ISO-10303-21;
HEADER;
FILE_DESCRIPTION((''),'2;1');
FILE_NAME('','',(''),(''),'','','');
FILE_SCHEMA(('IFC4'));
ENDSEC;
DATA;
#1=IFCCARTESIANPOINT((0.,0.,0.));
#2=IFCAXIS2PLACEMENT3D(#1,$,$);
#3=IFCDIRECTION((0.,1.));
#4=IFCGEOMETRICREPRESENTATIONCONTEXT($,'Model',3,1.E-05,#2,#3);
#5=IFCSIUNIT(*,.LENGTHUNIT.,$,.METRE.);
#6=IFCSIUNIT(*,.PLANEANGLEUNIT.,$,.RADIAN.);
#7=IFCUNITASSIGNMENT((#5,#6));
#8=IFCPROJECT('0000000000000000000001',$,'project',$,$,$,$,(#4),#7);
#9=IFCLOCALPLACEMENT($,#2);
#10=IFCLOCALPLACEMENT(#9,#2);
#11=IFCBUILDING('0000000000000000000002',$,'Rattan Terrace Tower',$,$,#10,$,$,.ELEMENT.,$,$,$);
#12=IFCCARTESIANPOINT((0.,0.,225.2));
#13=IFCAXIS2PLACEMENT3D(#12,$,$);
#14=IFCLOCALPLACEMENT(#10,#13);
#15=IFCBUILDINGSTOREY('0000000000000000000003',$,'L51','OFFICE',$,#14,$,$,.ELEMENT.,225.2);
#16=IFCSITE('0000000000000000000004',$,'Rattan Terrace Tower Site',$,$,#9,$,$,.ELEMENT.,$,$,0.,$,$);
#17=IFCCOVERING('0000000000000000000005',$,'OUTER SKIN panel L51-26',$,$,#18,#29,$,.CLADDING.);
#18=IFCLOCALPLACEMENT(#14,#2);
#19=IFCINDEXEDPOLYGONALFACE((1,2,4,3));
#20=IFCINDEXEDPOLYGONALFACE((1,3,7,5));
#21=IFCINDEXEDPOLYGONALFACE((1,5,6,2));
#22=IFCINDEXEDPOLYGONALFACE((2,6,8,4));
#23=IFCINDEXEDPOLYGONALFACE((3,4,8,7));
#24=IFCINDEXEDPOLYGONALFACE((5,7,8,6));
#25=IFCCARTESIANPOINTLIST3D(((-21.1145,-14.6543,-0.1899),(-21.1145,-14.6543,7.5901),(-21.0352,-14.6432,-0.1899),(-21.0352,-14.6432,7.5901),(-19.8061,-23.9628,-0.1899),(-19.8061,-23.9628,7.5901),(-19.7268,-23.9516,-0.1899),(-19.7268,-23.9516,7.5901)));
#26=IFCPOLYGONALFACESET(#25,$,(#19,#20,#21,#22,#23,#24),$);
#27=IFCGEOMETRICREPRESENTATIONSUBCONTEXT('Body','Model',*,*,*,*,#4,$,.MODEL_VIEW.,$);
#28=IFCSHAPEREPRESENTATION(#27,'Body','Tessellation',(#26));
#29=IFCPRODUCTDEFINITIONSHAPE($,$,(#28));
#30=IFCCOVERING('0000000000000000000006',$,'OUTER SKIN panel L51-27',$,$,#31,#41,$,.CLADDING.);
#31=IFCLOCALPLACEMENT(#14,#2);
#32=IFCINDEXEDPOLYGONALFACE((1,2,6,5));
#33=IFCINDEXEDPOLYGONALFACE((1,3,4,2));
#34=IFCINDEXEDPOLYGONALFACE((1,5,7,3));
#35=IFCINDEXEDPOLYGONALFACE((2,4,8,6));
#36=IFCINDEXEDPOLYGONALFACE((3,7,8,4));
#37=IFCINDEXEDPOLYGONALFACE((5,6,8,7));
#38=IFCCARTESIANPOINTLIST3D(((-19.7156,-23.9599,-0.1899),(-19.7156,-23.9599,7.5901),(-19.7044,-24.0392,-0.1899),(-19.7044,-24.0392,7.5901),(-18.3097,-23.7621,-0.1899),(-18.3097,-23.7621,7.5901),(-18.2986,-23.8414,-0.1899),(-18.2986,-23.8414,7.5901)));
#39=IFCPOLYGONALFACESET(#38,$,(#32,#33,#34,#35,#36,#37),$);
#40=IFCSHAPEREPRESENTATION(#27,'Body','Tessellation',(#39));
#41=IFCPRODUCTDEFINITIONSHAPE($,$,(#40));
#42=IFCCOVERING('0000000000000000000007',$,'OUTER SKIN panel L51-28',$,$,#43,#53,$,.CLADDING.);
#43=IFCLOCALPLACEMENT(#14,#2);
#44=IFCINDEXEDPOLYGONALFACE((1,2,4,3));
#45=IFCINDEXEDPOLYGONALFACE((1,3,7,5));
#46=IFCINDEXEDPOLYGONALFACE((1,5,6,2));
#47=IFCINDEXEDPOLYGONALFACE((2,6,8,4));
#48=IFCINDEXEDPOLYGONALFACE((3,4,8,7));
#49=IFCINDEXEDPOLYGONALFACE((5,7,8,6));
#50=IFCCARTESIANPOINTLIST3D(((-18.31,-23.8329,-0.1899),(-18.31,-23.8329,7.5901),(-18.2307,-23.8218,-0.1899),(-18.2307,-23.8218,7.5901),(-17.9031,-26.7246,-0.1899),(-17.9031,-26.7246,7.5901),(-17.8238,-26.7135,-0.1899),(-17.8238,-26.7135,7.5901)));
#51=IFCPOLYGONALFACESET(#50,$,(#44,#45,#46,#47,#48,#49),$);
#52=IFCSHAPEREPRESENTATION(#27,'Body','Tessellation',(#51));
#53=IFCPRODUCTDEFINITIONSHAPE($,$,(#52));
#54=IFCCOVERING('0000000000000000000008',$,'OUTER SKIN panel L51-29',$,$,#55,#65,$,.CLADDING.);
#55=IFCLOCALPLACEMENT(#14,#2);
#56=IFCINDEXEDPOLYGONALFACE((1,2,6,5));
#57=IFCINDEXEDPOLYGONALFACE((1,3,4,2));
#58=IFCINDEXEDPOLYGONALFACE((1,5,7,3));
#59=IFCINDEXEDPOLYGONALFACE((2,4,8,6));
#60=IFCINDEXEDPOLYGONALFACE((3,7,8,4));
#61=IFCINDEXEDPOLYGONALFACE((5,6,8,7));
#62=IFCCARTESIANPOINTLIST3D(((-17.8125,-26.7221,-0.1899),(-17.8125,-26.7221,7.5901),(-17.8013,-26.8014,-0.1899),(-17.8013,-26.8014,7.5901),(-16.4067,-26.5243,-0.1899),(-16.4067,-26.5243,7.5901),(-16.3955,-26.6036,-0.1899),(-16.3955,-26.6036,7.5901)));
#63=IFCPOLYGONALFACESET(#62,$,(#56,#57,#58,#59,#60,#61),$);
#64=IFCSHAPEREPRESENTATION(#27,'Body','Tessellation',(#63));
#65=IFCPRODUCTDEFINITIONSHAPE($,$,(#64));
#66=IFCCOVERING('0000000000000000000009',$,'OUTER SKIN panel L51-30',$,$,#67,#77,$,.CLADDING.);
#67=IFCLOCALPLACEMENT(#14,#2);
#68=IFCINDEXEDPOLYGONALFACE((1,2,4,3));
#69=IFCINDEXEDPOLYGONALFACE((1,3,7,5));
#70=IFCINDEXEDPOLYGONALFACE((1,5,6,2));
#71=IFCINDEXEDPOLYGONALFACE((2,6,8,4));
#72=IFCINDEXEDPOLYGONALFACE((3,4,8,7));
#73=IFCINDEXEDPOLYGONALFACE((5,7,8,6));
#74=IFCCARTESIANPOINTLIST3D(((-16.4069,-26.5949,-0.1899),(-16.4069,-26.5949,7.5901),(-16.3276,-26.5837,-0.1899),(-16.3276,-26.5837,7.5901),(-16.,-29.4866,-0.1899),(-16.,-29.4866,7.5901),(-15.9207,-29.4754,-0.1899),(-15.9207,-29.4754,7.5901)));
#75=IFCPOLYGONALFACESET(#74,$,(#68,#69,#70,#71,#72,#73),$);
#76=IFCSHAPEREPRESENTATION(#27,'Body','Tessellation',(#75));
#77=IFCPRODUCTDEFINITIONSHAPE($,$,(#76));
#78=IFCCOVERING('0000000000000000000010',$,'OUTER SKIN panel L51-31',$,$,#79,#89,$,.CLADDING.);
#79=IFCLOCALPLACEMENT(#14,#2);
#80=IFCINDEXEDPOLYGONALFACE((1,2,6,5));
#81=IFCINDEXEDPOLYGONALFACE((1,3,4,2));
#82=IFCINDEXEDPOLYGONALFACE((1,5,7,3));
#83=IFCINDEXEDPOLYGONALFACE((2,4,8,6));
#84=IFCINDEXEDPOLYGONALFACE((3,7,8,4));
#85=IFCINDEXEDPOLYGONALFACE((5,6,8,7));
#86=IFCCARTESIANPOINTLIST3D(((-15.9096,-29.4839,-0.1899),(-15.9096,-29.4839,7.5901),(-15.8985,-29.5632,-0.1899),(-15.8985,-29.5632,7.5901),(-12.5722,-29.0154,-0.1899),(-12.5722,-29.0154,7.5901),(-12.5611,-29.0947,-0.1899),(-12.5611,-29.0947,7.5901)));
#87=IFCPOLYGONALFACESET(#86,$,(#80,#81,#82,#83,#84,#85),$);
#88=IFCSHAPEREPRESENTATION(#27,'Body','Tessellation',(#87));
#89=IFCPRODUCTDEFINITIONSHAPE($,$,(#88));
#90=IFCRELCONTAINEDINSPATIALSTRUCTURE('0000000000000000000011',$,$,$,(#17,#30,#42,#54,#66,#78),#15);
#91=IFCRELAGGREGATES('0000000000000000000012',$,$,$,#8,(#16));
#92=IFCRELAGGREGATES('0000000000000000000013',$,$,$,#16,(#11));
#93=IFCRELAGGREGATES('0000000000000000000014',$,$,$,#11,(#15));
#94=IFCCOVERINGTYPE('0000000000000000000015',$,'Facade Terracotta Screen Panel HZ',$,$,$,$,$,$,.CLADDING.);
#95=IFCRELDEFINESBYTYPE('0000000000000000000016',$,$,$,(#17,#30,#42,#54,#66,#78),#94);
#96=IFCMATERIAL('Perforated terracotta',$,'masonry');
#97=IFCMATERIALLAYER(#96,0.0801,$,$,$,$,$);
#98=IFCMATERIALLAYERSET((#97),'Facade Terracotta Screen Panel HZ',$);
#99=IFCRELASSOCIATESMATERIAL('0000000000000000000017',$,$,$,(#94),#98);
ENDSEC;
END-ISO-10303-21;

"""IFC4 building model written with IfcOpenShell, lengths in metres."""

from ifc_helpers import new_model, si_unit, direction, frame, origin, origin_2d, place, context, subcontext, project, spatial, rectangle, extrude, material, layer, layer_set, type_object, element, save


model = new_model("IFC4")

# Units and contexts
model_context = context("Model", 3, precision=1e-05, world=origin(), true_north=direction((0.0, 1.0)))
body_context = subcontext(model_context, "Body", "Model", "MODEL_VIEW")
ifc_project = project(units=[si_unit("LENGTHUNIT", "METRE"), si_unit("PLANEANGLEUNIT", "RADIAN")], contexts=[model_context])

# Site, building, storey
site_placement = place(None, origin())
site = spatial("IfcSite", under=ifc_project, at=site_placement, Name="Rattan Terrace Tower Site", CompositionType="ELEMENT", RefElevation=0.0)
building_placement = place(site_placement, origin())
building = spatial("IfcBuilding", under=site, at=building_placement, Name="Rattan Terrace Tower", CompositionType="ELEMENT")
storey_placement = place(building_placement, frame((0.0, 0.0, 225.2)))
storey = spatial("IfcBuildingStorey", under=building, at=storey_placement, Name="L51", Description="OFFICE", CompositionType="ELEMENT", Elevation=225.2)

# Coverings
ifc_material_1 = material(Name="Perforated terracotta", Category="masonry")
ifc_layer_1 = layer(ifc_material_1, 0.0801)
ifc_layer_set_1 = layer_set([ifc_layer_1], Name="Facade Terracotta Screen Panel HZ")
covering_type = type_object("IfcCoveringType", Name="Facade Terracotta Screen Panel HZ", PredefinedType="CLADDING", material=ifc_layer_set_1)
covering_1_placement = place(storey_placement, frame((-20.4207, -19.303, -0.1899), z_axis=(0.0, 0.0, 1.0), x_axis=(0.139186, -0.990266, 0.0)))
element("IfcCovering", 1, at=covering_1_placement, inside=storey, type_object=covering_type, Name="OUTER SKIN panel L51-26", PredefinedType="CLADDING", context=body_context, shape_type="SweptSolid", body=[
    extrude(rectangle(XDim=9.3999, YDim=0.0801, at=origin_2d()), origin(), (0.0, 0.0, 1.0), 7.78),
])
covering_2_placement = place(storey_placement, frame((-19.0071, -23.9006, -0.1899), z_axis=(0.0, 0.0, 1.0), x_axis=(0.990241, 0.139367, 0.0)))
element("IfcCovering", 2, at=covering_2_placement, inside=storey, type_object=covering_type, Name="OUTER SKIN panel L51-27", PredefinedType="CLADDING", context=body_context, shape_type="SweptSolid", body=[
    extrude(rectangle(XDim=1.4197, YDim=0.0801, at=origin_2d()), origin(), (0.0, 0.0, 1.0), 7.78),
])
covering_3_placement = place(storey_placement, frame((-18.0669, -25.2732, -0.1899), z_axis=(0.0, 0.0, 1.0), x_axis=(0.139321, -0.990247, 0.0)))
element("IfcCovering", 3, at=covering_3_placement, inside=storey, type_object=covering_type, Name="OUTER SKIN panel L51-28", PredefinedType="CLADDING", context=body_context, shape_type="SweptSolid", body=[
    extrude(rectangle(XDim=2.9202, YDim=0.0801, at=origin_2d()), origin(), (0.0, 0.0, 1.0), 7.78),
])
covering_4_placement = place(storey_placement, frame((-17.104, -26.6628, -0.1899), z_axis=(0.0, 0.0, 1.0), x_axis=(0.990241, 0.139367, 0.0)))
element("IfcCovering", 4, at=covering_4_placement, inside=storey, type_object=covering_type, Name="OUTER SKIN panel L51-29", PredefinedType="CLADDING", context=body_context, shape_type="SweptSolid", body=[
    extrude(rectangle(XDim=1.4197, YDim=0.0801, at=origin_2d()), origin(), (0.0, 0.0, 1.0), 7.78),
])
covering_5_placement = place(storey_placement, frame((-16.1638, -28.0352, -0.1899), z_axis=(0.0, 0.0, 1.0), x_axis=(0.139321, -0.990247, 0.0)))
element("IfcCovering", 5, at=covering_5_placement, inside=storey, type_object=covering_type, Name="OUTER SKIN panel L51-30", PredefinedType="CLADDING", context=body_context, shape_type="SweptSolid", body=[
    extrude(rectangle(XDim=2.9202, YDim=0.0801, at=origin_2d()), origin(), (0.0, 0.0, 1.0), 7.78),
])
covering_6_placement = place(storey_placement, frame((-14.2354, -29.2893, -0.1899), z_axis=(0.0, 0.0, 1.0), x_axis=(0.990293, 0.138994, 0.0)))
element("IfcCovering", 6, at=covering_6_placement, inside=storey, type_object=covering_type, Name="OUTER SKIN panel L51-31", PredefinedType="CLADDING", context=body_context, shape_type="SweptSolid", body=[
    extrude(rectangle(XDim=3.3701, YDim=0.0801, at=origin_2d()), origin(), (0.0, 0.0, 1.0), 7.78),
])

save(model, "model.ifc")
